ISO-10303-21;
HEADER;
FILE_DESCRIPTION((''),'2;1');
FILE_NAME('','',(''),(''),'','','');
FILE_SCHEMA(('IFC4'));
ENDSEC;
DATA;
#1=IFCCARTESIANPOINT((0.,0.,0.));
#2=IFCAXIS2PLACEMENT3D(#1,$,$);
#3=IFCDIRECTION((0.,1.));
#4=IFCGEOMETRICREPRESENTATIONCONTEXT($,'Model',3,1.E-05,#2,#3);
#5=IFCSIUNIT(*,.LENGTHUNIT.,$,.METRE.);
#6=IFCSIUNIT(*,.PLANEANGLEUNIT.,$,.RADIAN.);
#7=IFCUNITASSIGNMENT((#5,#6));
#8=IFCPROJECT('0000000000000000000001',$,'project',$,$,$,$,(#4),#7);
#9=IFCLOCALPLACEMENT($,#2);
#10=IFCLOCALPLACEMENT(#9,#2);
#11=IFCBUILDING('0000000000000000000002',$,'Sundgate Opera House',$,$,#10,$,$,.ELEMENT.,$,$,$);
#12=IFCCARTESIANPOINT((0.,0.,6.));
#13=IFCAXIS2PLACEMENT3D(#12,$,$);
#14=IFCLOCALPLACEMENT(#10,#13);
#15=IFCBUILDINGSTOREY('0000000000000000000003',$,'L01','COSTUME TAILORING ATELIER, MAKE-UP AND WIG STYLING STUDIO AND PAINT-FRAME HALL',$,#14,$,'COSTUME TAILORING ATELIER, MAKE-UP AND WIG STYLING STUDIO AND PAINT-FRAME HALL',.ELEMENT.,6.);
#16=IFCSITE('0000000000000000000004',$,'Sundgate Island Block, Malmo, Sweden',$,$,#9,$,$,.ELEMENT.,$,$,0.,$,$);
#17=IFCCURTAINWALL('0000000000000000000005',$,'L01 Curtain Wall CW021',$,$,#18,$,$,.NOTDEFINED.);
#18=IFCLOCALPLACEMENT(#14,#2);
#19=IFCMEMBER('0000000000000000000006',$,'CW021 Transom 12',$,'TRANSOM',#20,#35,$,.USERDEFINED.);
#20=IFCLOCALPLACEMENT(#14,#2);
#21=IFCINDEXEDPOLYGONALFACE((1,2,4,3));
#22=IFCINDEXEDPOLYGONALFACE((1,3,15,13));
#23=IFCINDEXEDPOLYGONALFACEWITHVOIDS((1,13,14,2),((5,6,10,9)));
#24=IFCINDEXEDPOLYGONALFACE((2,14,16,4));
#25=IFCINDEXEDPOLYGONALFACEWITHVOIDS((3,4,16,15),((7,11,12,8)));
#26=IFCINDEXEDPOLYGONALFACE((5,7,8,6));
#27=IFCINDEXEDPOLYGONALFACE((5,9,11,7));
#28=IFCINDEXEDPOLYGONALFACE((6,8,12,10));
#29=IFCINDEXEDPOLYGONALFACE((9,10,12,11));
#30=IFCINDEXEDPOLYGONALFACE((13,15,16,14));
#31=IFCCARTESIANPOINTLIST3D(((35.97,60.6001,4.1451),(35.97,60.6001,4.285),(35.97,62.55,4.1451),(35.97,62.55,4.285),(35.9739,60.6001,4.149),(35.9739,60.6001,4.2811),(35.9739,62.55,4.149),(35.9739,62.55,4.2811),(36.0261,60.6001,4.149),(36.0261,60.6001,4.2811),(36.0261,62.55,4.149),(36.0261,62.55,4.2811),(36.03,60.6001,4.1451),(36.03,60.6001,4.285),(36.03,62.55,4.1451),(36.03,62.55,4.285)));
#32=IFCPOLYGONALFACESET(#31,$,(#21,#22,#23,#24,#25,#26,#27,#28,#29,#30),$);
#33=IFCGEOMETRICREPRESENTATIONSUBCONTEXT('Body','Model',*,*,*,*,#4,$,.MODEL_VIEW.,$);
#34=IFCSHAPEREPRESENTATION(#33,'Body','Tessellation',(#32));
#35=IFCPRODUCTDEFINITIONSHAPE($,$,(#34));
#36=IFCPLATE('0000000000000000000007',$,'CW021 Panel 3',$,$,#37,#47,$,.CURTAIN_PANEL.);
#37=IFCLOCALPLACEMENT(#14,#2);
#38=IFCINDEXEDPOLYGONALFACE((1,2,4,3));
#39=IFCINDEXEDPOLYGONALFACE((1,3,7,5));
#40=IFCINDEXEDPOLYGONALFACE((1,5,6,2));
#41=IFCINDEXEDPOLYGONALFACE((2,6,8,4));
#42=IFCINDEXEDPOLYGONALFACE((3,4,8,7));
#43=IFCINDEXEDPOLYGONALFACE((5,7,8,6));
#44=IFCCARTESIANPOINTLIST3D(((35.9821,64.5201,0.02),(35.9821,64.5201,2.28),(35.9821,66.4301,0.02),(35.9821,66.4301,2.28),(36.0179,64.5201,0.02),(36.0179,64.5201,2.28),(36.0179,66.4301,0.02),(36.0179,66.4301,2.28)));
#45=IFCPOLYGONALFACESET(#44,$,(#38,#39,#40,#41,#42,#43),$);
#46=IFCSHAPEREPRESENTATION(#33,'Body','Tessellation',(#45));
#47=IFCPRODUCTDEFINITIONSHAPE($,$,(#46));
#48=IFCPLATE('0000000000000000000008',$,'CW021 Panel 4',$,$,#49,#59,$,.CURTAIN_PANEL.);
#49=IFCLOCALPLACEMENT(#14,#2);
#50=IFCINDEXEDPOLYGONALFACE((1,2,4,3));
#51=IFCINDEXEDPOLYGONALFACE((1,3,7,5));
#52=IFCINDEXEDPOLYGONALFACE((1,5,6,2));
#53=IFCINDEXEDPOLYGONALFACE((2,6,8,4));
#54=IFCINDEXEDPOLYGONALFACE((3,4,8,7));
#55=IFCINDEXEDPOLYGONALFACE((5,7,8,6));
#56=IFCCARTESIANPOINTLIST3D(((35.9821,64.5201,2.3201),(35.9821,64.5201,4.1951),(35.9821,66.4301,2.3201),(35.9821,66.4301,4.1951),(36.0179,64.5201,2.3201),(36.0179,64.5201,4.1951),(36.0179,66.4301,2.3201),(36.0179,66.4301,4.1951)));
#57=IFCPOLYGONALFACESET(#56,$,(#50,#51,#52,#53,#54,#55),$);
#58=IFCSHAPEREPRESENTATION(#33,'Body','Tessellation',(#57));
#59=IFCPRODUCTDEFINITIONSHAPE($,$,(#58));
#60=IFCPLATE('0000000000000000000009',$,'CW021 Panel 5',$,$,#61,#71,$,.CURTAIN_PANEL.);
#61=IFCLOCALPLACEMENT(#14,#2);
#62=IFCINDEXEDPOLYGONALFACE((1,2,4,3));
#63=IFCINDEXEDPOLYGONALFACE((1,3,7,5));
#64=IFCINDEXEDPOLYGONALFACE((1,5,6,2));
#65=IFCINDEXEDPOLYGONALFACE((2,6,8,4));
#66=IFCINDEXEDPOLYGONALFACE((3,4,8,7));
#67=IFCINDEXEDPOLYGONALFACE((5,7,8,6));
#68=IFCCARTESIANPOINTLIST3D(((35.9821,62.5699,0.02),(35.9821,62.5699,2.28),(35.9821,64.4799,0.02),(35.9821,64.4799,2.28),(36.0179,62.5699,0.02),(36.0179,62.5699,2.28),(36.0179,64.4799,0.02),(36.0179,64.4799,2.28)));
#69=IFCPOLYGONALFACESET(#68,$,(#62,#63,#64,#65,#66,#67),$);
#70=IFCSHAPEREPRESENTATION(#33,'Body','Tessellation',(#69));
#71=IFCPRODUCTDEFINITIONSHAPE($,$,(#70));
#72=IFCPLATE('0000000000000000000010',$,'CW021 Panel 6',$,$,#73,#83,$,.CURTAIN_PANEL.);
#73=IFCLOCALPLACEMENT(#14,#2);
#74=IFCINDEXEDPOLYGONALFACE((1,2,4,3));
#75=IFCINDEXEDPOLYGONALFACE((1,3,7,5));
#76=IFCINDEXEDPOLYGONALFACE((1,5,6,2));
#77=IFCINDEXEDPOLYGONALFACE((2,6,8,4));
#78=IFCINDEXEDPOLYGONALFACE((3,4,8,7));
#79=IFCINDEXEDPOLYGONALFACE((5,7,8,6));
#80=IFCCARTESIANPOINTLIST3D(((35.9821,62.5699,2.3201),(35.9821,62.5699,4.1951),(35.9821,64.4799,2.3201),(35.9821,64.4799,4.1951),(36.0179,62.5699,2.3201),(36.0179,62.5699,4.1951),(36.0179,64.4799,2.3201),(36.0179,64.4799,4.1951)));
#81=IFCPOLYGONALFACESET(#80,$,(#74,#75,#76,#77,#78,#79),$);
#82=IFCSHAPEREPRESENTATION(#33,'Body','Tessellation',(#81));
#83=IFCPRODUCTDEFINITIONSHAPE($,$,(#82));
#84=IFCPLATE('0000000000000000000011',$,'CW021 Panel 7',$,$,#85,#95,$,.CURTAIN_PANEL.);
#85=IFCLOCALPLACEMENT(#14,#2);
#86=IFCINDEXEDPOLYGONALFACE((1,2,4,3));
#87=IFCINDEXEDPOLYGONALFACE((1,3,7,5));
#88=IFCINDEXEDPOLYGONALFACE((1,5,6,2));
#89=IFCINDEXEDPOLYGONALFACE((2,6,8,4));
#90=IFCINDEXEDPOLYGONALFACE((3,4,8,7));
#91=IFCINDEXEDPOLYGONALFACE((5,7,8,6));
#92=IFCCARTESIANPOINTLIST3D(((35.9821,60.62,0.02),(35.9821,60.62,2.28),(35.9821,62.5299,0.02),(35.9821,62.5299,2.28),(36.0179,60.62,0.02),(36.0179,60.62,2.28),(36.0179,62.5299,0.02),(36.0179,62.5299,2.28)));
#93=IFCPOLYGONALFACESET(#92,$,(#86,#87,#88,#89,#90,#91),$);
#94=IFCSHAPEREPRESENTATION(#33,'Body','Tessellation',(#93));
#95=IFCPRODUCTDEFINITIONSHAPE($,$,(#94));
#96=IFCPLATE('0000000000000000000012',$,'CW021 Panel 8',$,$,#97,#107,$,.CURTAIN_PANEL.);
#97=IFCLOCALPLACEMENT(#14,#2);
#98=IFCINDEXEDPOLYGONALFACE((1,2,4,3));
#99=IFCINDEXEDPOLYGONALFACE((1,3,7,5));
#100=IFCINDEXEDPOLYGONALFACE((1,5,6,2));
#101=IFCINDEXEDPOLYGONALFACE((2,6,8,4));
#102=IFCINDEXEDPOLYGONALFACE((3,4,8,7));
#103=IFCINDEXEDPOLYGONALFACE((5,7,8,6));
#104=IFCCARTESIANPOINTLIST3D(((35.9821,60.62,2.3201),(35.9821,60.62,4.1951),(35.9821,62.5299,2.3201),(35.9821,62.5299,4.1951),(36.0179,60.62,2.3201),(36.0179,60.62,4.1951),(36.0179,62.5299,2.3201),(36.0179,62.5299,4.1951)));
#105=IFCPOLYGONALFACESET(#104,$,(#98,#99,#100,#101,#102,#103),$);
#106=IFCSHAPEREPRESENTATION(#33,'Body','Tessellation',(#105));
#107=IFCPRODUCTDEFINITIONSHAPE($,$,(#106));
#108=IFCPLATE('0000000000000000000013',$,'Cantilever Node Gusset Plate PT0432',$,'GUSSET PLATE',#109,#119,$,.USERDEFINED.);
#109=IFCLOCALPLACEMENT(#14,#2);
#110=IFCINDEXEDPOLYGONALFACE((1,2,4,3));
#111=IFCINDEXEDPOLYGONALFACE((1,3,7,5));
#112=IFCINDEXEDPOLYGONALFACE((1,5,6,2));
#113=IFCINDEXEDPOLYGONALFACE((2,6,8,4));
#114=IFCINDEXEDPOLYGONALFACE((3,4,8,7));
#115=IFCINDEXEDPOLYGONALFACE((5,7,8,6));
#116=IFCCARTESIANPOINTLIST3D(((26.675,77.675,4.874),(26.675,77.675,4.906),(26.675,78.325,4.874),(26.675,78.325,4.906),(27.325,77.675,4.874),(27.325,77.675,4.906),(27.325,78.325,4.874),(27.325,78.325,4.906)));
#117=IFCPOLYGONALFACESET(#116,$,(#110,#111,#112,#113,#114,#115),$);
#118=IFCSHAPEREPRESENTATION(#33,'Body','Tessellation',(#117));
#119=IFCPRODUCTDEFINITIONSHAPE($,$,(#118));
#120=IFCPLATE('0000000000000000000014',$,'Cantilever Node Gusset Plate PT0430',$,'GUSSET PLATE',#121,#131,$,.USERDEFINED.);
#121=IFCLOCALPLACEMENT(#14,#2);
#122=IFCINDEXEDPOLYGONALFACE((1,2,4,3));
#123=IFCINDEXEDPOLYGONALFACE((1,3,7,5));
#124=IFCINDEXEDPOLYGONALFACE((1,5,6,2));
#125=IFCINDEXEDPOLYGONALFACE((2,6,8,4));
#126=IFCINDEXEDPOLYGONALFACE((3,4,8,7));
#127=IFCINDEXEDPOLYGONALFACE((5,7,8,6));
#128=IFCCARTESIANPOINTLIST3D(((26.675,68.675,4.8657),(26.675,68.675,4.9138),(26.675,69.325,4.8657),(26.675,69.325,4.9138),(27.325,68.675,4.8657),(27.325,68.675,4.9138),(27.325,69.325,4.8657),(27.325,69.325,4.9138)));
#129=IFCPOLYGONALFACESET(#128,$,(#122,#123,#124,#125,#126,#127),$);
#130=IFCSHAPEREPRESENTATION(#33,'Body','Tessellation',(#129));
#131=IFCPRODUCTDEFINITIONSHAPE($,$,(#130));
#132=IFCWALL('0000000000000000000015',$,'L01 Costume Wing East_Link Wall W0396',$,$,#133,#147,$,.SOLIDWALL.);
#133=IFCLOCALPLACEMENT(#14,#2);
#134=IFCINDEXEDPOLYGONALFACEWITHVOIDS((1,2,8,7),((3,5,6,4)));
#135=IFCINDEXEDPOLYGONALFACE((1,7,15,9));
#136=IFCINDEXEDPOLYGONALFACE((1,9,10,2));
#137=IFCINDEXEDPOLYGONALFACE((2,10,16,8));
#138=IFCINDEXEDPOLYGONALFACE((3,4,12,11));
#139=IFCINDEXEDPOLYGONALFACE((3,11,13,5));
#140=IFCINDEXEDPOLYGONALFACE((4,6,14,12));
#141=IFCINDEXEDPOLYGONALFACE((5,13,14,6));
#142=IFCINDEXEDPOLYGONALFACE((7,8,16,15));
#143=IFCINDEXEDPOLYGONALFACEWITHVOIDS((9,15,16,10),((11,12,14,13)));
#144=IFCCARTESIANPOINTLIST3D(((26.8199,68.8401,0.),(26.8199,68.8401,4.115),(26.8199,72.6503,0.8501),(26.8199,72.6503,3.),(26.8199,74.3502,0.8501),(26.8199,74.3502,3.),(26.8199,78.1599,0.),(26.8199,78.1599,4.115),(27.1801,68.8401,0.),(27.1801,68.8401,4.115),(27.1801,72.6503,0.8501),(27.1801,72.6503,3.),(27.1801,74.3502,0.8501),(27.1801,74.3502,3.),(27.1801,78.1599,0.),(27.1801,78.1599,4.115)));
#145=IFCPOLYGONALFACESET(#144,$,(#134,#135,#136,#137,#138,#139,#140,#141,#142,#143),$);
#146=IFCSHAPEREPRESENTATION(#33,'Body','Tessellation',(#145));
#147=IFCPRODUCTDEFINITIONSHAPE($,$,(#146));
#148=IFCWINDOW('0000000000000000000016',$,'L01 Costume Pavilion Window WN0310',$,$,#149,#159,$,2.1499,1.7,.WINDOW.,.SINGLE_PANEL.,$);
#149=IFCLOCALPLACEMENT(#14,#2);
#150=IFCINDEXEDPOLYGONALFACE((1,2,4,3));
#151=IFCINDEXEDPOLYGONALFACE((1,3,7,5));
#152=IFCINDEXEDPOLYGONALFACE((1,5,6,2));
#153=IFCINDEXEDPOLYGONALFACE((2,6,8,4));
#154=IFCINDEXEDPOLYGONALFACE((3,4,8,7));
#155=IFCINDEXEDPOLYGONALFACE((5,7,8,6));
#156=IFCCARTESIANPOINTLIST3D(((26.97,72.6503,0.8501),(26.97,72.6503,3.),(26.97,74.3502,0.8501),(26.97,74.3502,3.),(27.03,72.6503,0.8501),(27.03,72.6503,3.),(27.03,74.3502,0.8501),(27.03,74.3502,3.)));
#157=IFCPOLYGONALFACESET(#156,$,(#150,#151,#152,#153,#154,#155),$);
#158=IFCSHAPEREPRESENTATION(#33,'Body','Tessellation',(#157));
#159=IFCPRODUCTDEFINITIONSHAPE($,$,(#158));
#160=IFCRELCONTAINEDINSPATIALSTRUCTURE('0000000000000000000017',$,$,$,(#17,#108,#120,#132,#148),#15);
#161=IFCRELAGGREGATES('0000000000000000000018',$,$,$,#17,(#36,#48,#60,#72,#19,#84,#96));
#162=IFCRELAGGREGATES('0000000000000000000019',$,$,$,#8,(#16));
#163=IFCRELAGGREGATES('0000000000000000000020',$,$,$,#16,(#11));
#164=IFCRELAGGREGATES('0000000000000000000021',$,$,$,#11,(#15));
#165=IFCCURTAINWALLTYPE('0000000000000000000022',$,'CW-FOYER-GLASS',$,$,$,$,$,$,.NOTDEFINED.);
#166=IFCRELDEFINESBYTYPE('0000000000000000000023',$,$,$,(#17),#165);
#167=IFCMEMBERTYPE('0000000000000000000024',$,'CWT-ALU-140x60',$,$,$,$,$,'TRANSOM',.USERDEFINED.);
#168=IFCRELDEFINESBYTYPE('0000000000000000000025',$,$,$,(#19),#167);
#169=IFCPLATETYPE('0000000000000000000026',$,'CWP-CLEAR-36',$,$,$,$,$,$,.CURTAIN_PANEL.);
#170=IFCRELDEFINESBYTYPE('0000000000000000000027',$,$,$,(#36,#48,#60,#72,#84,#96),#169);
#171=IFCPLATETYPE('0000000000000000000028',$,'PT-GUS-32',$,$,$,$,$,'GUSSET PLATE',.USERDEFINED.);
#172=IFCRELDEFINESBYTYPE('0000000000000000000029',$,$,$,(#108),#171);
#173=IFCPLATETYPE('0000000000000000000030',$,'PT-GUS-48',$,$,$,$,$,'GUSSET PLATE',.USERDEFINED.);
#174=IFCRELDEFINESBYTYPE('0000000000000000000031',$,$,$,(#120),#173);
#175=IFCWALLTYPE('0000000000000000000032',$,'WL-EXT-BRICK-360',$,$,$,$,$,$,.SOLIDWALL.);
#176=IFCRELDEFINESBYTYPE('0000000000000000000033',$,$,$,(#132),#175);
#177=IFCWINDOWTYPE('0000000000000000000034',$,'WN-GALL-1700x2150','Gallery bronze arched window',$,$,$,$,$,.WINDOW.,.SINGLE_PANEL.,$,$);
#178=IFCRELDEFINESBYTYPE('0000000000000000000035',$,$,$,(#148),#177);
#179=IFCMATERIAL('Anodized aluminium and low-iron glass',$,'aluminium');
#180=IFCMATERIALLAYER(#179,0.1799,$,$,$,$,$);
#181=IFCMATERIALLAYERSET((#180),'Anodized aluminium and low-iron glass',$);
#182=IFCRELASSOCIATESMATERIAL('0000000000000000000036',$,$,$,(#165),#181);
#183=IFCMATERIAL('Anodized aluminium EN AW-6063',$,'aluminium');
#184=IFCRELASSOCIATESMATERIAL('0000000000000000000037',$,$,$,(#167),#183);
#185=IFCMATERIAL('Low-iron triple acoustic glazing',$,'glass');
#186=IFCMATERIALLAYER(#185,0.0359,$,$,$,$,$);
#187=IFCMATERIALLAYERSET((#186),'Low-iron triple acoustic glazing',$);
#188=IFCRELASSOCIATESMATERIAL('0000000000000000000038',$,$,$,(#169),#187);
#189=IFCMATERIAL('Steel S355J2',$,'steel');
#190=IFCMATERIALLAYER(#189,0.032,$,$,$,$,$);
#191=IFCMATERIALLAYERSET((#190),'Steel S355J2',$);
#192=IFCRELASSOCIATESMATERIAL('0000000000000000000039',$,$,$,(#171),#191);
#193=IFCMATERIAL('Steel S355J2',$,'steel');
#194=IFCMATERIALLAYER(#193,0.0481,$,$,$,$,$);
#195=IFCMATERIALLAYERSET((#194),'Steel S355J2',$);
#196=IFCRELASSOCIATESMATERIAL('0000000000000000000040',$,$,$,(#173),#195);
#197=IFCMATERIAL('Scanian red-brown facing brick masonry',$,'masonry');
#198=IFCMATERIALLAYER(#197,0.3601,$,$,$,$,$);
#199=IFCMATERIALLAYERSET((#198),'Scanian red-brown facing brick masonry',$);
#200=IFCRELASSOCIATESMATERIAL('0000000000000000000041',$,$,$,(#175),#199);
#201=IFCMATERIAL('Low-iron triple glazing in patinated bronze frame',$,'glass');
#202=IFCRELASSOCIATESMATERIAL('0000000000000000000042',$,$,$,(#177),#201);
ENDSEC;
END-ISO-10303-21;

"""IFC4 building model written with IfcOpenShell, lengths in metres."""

from ifc_helpers import new_model, si_unit, direction, frame, frame_2d, origin, origin_2d, place, context, subcontext, project, spatial, rectangle, hollow_rectangle, extrude, material, layer, layer_set, material_profile, profile_set, type_object, element, fill, aggregate, save


model = new_model("IFC4")

# Units and contexts
model_context = context("Model", 3, precision=1e-05, world=origin(), true_north=direction((0.0, 1.0)))
body_context = subcontext(model_context, "Body", "Model", "MODEL_VIEW")
ifc_project = project(units=[si_unit("LENGTHUNIT", "METRE"), si_unit("PLANEANGLEUNIT", "RADIAN")], contexts=[model_context])

# Site, building, storey
site_placement = place(None, origin())
site = spatial("IfcSite", under=ifc_project, at=site_placement, Name="Sundgate Island Block, Malmo, Sweden", CompositionType="ELEMENT", RefElevation=0.0)
building_placement = place(site_placement, origin())
building = spatial("IfcBuilding", under=site, at=building_placement, Name="Sundgate Opera House", CompositionType="ELEMENT")
storey_placement = place(building_placement, frame((0.0, 0.0, 6.0)))
storey = spatial("IfcBuildingStorey", under=building, at=storey_placement, Name="L01", Description="COSTUME TAILORING ATELIER, MAKE-UP AND WIG STYLING STUDIO AND PAINT-FRAME HALL", LongName="COSTUME TAILORING ATELIER, MAKE-UP AND WIG STYLING STUDIO AND PAINT-FRAME HALL", CompositionType="ELEMENT", Elevation=6.0)

# Curtain wall, member, plates
ifc_material_1 = material(Name="Anodized aluminium and low-iron glass", Category="aluminium")
ifc_layer_1 = layer(ifc_material_1, 0.1799)
ifc_layer_set_1 = layer_set([ifc_layer_1], Name="Anodized aluminium and low-iron glass")
curtain_wall_type = type_object("IfcCurtainWallType", Name="CW-FOYER-GLASS", PredefinedType="NOTDEFINED", material=ifc_layer_set_1)
curtain_wall_placement = place(storey_placement, origin())
curtain_wall = element("IfcCurtainWall", 1, at=curtain_wall_placement, inside=storey, type_object=curtain_wall_type, Name="L01 Curtain Wall CW021", PredefinedType="NOTDEFINED")
ifc_material_2 = material(Name="Anodized aluminium EN AW-6063", Category="aluminium")
ifc_material_profile_1 = material_profile(ifc_material_2, hollow_rectangle(XDim=0.0601, YDim=0.1399, WallThickness=0.0039, at=origin_2d()), Name="CWT 140x60x4")
ifc_profile_set_1 = profile_set([ifc_material_profile_1], Name="Anodized aluminium EN AW-6063")
member_type_1 = type_object("IfcMemberType", Name="CWT-ALU-140x60", ElementType="TRANSOM", PredefinedType="USERDEFINED", material=ifc_profile_set_1)
member_1_placement = place(storey_placement, frame((36.0, 62.55, 4.2151), z_axis=(0.0, -1.0, 0.0), x_axis=(1.0, 0.0, 0.0)))
member_1 = element("IfcMember", 2, at=member_1_placement, type_object=member_type_1, Name="CW021 Transom 12", ObjectType="TRANSOM", PredefinedType="USERDEFINED", context=body_context, shape_type="SweptSolid", body=[
    extrude(hollow_rectangle(XDim=0.0601, YDim=0.1399, WallThickness=0.0039, at=origin_2d()), origin(), (0.0, 0.0, 1.0), 1.95),
])
ifc_material_3 = material(Name="Low-iron triple acoustic glazing", Category="glass")
ifc_layer_2 = layer(ifc_material_3, 0.0359)
ifc_layer_set_2 = layer_set([ifc_layer_2], Name="Low-iron triple acoustic glazing")
plate_type_1 = type_object("IfcPlateType", Name="CWP-CLEAR-36", PredefinedType="CURTAIN_PANEL", material=ifc_layer_set_2)
plate_1_placement = place(storey_placement, frame((36.0, 65.4751, 0.02), z_axis=(0.0, 0.0, 1.0), x_axis=(0.0, -1.0, 0.0)))
plate_1 = element("IfcPlate", 3, at=plate_1_placement, type_object=plate_type_1, Name="CW021 Panel 3", PredefinedType="CURTAIN_PANEL", context=body_context, shape_type="SweptSolid", body=[
    extrude(rectangle(XDim=1.9099, YDim=0.0359, at=origin_2d()), origin(), (0.0, 0.0, 1.0), 2.26),
])
plate_2_placement = place(storey_placement, frame((36.0, 65.4751, 2.3201), z_axis=(0.0, 0.0, 1.0), x_axis=(0.0, -1.0, 0.0)))
plate_2 = element("IfcPlate", 4, at=plate_2_placement, type_object=plate_type_1, Name="CW021 Panel 4", PredefinedType="CURTAIN_PANEL", context=body_context, shape_type="SweptSolid", body=[
    extrude(rectangle(XDim=1.9099, YDim=0.0359, at=origin_2d()), origin(), (0.0, 0.0, 1.0), 1.875),
])
plate_3_placement = place(storey_placement, frame((36.0, 63.5249, 0.02), z_axis=(0.0, 0.0, 1.0), x_axis=(0.0, -1.0, 0.0)))
plate_3 = element("IfcPlate", 5, at=plate_3_placement, type_object=plate_type_1, Name="CW021 Panel 5", PredefinedType="CURTAIN_PANEL", context=body_context, shape_type="SweptSolid", body=[
    extrude(rectangle(XDim=1.9099, YDim=0.0359, at=origin_2d()), origin(), (0.0, 0.0, 1.0), 2.26),
])
plate_4_placement = place(storey_placement, frame((36.0, 63.5249, 2.3201), z_axis=(0.0, 0.0, 1.0), x_axis=(0.0, -1.0, 0.0)))
plate_4 = element("IfcPlate", 6, at=plate_4_placement, type_object=plate_type_1, Name="CW021 Panel 6", PredefinedType="CURTAIN_PANEL", context=body_context, shape_type="SweptSolid", body=[
    extrude(rectangle(XDim=1.9099, YDim=0.0359, at=origin_2d()), origin(), (0.0, 0.0, 1.0), 1.875),
])
plate_5_placement = place(storey_placement, frame((36.0, 61.575, 0.02), z_axis=(0.0, 0.0, 1.0), x_axis=(0.0, -1.0, 0.0)))
plate_5 = element("IfcPlate", 7, at=plate_5_placement, type_object=plate_type_1, Name="CW021 Panel 7", PredefinedType="CURTAIN_PANEL", context=body_context, shape_type="SweptSolid", body=[
    extrude(rectangle(XDim=1.9099, YDim=0.0359, at=origin_2d()), origin(), (0.0, 0.0, 1.0), 2.26),
])
plate_6_placement = place(storey_placement, frame((36.0, 61.575, 2.3201), z_axis=(0.0, 0.0, 1.0), x_axis=(0.0, -1.0, 0.0)))
plate_6 = element("IfcPlate", 8, at=plate_6_placement, type_object=plate_type_1, Name="CW021 Panel 8", PredefinedType="CURTAIN_PANEL", context=body_context, shape_type="SweptSolid", body=[
    extrude(rectangle(XDim=1.9099, YDim=0.0359, at=origin_2d()), origin(), (0.0, 0.0, 1.0), 1.875),
])
aggregate(curtain_wall, [plate_1, plate_2, plate_3, plate_4, member_1, plate_5, plate_6])

# Plates
ifc_material_4 = material(Name="Steel S355J2", Category="steel")
ifc_layer_3 = layer(ifc_material_4, 0.032)
ifc_layer_set_3 = layer_set([ifc_layer_3], Name="Steel S355J2")
plate_type_2 = type_object("IfcPlateType", Name="PT-GUS-32", ElementType="GUSSET PLATE", PredefinedType="USERDEFINED", material=ifc_layer_set_3)
plate_7_placement = place(storey_placement, frame((27.0, 78.0, 4.874), z_axis=(0.0, 0.0, 1.0), x_axis=(1.0, 0.0, 0.0)))
element("IfcPlate", 9, at=plate_7_placement, inside=storey, type_object=plate_type_2, Name="Cantilever Node Gusset Plate PT0432", ObjectType="GUSSET PLATE", PredefinedType="USERDEFINED", context=body_context, shape_type="SweptSolid", body=[
    extrude(rectangle(XDim=0.6499, YDim=0.6499, at=origin_2d()), origin(), (0.0, 0.0, 1.0), 0.032),
])
ifc_material_5 = material(Name="Steel S355J2", Category="steel")
ifc_layer_4 = layer(ifc_material_5, 0.0481)
ifc_layer_set_4 = layer_set([ifc_layer_4], Name="Steel S355J2")
plate_type_3 = type_object("IfcPlateType", Name="PT-GUS-48", ElementType="GUSSET PLATE", PredefinedType="USERDEFINED", material=ifc_layer_set_4)
plate_8_placement = place(storey_placement, frame((27.0, 69.0, 4.8657), z_axis=(0.0, 0.0, 1.0), x_axis=(1.0, 0.0, 0.0)))
element("IfcPlate", 10, at=plate_8_placement, inside=storey, type_object=plate_type_3, Name="Cantilever Node Gusset Plate PT0430", ObjectType="GUSSET PLATE", PredefinedType="USERDEFINED", context=body_context, shape_type="SweptSolid", body=[
    extrude(rectangle(XDim=0.6499, YDim=0.6499, at=origin_2d()), origin(), (0.0, 0.0, 1.0), 0.0481),
])

# Wall, opening, window
ifc_material_6 = material(Name="Scanian red-brown facing brick masonry", Category="masonry")
ifc_layer_5 = layer(ifc_material_6, 0.3601)
ifc_layer_set_5 = layer_set([ifc_layer_5], Name="Scanian red-brown facing brick masonry")
wall_type = type_object("IfcWallType", Name="WL-EXT-BRICK-360", PredefinedType="SOLIDWALL", material=ifc_layer_set_5)
wall_1_placement = place(storey_placement, frame((27.0, 68.8401, 0.0), z_axis=(0.0, 0.0, 1.0), x_axis=(0.0, 1.0, 0.0)))
wall_1 = element("IfcWall", 11, at=wall_1_placement, inside=storey, type_object=wall_type, Name="L01 Costume Wing East_Link Wall W0396", PredefinedType="SOLIDWALL", context=body_context, shape_type="SweptSolid", body=[
    extrude(rectangle(XDim=9.3198, YDim=0.3601, at=frame_2d((4.6599, 0.0))), origin(), (0.0, 0.0, 1.0), 4.115),
])
opening_1_placement = place(wall_1_placement, frame((3.8101, 0.0, 0.8501)))
opening_1 = element("IfcOpeningElement", 12, at=opening_1_placement, cuts=wall_1, PredefinedType="OPENING", context=body_context, shape_type="SweptSolid", body=[
    extrude(rectangle(XDim=1.7, YDim=2.1499, at=frame_2d((0.8501, 1.075))), frame((0.0, 0.1899, 0.0), z_axis=(0.0, -1.0, 0.0), x_axis=(1.0, 0.0, 0.0)), (0.0, 0.0, 1.0), 0.3801),
])
ifc_material_7 = material(Name="Low-iron triple glazing in patinated bronze frame", Category="glass")
window_type_1 = type_object("IfcWindowType", Name="WN-GALL-1700x2150", Description="Gallery bronze arched window", PartitioningType="SINGLE_PANEL", PredefinedType="WINDOW", material=ifc_material_7)
window_1_placement = place(opening_1_placement, origin())
window_1 = element("IfcWindow", 13, at=window_1_placement, inside=storey, type_object=window_type_1, Name="L01 Costume Pavilion Window WN0310", OverallHeight=2.1499, OverallWidth=1.7, PartitioningType="SINGLE_PANEL", PredefinedType="WINDOW", context=body_context, shape_type="SweptSolid", body=[
    extrude(rectangle(XDim=1.7, YDim=2.1499, at=frame_2d((0.8501, 1.075))), frame((0.0, 0.03, 0.0), z_axis=(0.0, -1.0, 0.0), x_axis=(1.0, 0.0, 0.0)), (0.0, 0.0, 1.0), 0.0601),
])
fill(opening_1, window_1)

save(model, "model.ifc")
